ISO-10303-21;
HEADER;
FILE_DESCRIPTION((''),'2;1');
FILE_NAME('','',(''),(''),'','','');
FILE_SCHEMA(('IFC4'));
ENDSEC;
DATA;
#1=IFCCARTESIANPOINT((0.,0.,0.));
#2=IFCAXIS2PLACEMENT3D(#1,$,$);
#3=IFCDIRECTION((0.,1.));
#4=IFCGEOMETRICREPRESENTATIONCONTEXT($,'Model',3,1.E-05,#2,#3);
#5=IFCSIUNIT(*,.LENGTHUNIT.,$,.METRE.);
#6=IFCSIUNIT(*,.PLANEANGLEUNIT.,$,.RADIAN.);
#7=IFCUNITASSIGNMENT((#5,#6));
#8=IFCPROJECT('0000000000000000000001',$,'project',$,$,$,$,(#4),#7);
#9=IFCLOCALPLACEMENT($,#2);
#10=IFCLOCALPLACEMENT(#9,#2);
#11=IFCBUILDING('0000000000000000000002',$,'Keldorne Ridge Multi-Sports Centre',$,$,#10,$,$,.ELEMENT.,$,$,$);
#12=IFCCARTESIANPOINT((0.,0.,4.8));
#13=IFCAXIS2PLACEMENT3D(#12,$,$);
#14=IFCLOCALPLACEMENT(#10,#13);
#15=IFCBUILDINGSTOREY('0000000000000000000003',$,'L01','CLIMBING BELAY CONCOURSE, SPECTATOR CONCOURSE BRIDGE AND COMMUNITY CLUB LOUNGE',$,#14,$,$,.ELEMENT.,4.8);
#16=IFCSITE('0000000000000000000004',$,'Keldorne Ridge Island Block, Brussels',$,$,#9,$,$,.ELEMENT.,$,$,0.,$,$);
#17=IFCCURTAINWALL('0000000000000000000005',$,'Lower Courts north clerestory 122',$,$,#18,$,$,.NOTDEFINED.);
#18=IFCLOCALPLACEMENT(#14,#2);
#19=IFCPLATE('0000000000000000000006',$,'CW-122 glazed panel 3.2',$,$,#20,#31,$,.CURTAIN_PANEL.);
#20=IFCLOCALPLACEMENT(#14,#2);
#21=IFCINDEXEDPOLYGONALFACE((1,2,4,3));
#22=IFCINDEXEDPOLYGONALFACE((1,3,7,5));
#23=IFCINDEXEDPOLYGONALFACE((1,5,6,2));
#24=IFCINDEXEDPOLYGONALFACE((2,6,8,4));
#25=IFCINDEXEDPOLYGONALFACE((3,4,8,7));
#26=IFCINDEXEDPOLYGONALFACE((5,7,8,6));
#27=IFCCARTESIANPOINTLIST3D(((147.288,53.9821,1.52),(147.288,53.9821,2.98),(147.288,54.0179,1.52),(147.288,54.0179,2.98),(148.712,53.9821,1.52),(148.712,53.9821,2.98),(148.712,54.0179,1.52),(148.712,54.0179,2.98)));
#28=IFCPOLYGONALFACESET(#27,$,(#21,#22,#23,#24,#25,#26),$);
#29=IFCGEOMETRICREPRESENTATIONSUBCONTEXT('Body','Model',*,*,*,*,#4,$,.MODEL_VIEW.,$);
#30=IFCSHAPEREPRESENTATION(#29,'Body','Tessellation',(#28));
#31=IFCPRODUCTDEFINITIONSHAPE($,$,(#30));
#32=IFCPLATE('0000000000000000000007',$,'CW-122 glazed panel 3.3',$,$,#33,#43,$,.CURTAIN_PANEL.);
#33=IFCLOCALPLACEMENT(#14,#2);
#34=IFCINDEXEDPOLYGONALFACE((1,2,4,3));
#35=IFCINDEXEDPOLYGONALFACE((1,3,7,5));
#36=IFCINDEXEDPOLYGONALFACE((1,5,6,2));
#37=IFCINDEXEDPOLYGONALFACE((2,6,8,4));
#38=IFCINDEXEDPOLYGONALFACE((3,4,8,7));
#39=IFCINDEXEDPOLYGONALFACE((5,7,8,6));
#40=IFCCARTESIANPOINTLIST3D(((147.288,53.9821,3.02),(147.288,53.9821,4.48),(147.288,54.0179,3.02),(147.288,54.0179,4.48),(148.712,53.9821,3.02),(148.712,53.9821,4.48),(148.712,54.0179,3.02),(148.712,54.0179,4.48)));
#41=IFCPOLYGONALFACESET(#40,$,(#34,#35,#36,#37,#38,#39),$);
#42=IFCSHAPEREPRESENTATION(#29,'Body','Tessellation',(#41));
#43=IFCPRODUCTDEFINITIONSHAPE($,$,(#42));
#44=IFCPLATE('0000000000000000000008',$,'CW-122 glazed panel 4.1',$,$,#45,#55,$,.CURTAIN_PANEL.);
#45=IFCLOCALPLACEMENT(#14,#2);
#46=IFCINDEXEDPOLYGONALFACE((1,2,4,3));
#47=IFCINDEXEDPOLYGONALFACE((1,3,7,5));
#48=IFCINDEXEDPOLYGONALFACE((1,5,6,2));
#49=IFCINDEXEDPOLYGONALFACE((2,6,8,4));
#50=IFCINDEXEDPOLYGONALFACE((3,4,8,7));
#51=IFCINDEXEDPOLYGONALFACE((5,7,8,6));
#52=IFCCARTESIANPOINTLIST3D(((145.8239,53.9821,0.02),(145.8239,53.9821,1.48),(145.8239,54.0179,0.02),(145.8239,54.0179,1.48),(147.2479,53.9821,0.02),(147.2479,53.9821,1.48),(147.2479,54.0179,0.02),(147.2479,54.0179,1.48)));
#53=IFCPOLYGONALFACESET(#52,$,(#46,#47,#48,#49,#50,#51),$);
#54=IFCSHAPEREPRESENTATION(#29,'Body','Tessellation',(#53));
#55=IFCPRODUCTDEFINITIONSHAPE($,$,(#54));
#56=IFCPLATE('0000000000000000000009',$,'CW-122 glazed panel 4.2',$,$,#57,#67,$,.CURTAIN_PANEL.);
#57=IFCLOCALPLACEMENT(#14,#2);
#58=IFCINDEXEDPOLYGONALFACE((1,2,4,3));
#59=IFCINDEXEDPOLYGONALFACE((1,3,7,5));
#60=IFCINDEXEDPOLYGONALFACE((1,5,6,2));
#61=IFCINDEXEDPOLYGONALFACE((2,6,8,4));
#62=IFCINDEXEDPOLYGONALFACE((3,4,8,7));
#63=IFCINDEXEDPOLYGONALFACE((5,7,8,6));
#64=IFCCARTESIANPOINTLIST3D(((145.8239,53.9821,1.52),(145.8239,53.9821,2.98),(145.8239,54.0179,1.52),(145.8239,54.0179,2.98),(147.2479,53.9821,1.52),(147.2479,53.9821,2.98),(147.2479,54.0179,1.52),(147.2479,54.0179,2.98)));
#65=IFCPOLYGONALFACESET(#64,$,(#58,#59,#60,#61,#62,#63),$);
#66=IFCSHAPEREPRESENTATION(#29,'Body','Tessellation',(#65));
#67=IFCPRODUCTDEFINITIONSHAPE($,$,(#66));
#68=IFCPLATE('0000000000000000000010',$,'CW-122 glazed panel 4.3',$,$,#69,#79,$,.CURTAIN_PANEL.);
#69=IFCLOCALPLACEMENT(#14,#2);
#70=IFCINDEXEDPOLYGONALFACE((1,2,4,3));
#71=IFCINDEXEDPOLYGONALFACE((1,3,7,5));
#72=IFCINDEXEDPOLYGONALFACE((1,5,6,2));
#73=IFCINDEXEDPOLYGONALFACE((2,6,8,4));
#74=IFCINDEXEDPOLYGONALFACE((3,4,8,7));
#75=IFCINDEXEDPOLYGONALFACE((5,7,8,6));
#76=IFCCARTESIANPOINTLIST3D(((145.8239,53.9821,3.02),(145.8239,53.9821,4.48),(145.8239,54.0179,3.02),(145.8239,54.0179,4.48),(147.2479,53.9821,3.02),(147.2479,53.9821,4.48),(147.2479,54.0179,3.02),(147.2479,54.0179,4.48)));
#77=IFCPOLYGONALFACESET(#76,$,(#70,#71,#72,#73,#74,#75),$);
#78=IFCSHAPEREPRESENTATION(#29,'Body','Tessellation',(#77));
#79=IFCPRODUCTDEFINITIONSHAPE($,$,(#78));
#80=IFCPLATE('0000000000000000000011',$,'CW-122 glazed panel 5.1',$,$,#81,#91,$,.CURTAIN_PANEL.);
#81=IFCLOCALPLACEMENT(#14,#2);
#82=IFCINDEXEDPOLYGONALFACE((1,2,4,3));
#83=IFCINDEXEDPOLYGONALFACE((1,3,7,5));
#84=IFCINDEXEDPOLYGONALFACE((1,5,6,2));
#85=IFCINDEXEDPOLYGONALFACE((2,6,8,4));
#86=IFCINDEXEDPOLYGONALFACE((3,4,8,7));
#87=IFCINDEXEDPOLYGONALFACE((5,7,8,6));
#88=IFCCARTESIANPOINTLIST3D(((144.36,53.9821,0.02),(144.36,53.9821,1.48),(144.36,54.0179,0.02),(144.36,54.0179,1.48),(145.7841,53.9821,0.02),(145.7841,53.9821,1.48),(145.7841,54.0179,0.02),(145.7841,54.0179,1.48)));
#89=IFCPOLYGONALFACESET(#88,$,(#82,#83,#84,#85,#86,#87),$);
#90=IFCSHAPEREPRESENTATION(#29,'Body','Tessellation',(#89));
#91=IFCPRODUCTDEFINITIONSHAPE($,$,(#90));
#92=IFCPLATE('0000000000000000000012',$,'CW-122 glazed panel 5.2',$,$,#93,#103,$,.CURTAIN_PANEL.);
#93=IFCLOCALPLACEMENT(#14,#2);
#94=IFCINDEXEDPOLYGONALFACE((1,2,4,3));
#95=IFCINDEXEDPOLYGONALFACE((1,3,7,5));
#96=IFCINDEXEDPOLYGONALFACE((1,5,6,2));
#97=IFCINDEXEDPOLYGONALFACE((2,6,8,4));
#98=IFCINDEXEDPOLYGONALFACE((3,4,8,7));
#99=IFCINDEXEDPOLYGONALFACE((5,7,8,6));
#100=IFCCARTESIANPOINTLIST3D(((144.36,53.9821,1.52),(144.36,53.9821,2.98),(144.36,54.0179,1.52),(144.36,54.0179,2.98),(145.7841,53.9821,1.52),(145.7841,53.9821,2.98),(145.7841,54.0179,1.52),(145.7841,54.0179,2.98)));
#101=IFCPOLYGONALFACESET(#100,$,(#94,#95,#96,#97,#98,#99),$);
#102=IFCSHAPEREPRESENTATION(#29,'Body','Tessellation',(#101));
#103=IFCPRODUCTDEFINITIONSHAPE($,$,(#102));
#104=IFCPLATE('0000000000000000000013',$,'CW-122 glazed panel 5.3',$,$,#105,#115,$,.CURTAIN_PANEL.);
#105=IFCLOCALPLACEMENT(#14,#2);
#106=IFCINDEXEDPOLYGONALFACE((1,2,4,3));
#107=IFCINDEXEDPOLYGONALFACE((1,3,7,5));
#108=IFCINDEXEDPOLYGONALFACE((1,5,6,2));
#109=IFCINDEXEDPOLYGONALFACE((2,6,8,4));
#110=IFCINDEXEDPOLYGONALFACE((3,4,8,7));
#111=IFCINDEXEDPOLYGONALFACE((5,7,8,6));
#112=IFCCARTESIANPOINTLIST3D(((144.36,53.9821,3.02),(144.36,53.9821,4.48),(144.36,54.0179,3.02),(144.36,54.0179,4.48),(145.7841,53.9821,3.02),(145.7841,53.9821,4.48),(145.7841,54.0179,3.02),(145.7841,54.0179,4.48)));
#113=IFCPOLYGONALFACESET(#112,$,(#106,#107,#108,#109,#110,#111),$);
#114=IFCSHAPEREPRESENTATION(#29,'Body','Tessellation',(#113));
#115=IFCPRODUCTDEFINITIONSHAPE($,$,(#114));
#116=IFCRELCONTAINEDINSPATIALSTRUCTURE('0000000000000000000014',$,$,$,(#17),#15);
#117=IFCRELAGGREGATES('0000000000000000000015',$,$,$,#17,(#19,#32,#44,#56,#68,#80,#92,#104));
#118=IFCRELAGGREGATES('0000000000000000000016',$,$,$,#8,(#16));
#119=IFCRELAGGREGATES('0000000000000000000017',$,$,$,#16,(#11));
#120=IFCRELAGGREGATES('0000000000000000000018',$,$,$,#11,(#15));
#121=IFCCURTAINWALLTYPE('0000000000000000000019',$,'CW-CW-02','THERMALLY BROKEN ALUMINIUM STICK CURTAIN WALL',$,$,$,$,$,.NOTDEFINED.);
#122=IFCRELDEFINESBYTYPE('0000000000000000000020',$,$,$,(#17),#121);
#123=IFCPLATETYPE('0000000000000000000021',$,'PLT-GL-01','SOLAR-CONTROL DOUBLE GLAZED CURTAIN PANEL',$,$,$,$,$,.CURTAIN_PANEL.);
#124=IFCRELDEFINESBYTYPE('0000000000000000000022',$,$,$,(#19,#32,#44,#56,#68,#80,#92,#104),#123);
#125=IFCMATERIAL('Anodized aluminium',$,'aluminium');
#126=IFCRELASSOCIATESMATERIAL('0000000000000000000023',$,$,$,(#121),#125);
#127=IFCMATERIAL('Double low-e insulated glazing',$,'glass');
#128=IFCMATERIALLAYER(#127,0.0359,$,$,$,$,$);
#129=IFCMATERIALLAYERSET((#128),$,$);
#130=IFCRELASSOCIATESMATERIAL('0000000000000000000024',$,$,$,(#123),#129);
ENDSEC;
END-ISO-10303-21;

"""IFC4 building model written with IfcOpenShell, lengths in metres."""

from ifc_helpers import new_model, si_unit, direction, frame, origin, origin_2d, place, context, subcontext, project, spatial, rectangle, extrude, material, layer, layer_set, type_object, element, aggregate, save


model = new_model("IFC4")

# Units and contexts
model_context = context("Model", 3, precision=1e-05, world=origin(), true_north=direction((0.0, 1.0)))
body_context = subcontext(model_context, "Body", "Model", "MODEL_VIEW")
ifc_project = project(units=[si_unit("LENGTHUNIT", "METRE"), si_unit("PLANEANGLEUNIT", "RADIAN")], contexts=[model_context])

# Site, building, storey
site_placement = place(None, origin())
site = spatial("IfcSite", under=ifc_project, at=site_placement, Name="Keldorne Ridge Island Block, Brussels", CompositionType="ELEMENT", RefElevation=0.0)
building_placement = place(site_placement, origin())
building = spatial("IfcBuilding", under=site, at=building_placement, Name="Keldorne Ridge Multi-Sports Centre", CompositionType="ELEMENT")
storey_placement = place(building_placement, frame((0.0, 0.0, 4.8)))
storey = spatial("IfcBuildingStorey", under=building, at=storey_placement, Name="L01", Description="CLIMBING BELAY CONCOURSE, SPECTATOR CONCOURSE BRIDGE AND COMMUNITY CLUB LOUNGE", CompositionType="ELEMENT", Elevation=4.8)

# Curtain wall, plates
ifc_material_1 = material(Name="Anodized aluminium", Category="aluminium")
curtain_wall_type = type_object("IfcCurtainWallType", Name="CW-CW-02", Description="THERMALLY BROKEN ALUMINIUM STICK CURTAIN WALL", PredefinedType="NOTDEFINED", material=ifc_material_1)
curtain_wall_placement = place(storey_placement, origin())
curtain_wall = element("IfcCurtainWall", 1, at=curtain_wall_placement, inside=storey, type_object=curtain_wall_type, Name="Lower Courts north clerestory 122", PredefinedType="NOTDEFINED")
ifc_material_2 = material(Name="Double low-e insulated glazing", Category="glass")
ifc_layer = layer(ifc_material_2, 0.0359)
ifc_layer_set = layer_set([ifc_layer])
plate_type = type_object("IfcPlateType", Name="PLT-GL-01", Description="SOLAR-CONTROL DOUBLE GLAZED CURTAIN PANEL", PredefinedType="CURTAIN_PANEL", material=ifc_layer_set)
plate_1_placement = place(storey_placement, frame((148.0, 54.0, 1.52), z_axis=(0.0, 0.0, 1.0), x_axis=(-1.0, 0.0, 0.0)))
plate_1 = element("IfcPlate", 2, at=plate_1_placement, type_object=plate_type, Name="CW-122 glazed panel 3.2", PredefinedType="CURTAIN_PANEL", context=body_context, shape_type="SweptSolid", body=[
    extrude(rectangle(XDim=1.4241, YDim=0.0359, at=origin_2d()), origin(), (0.0, 0.0, 1.0), 1.46),
])
plate_2_placement = place(storey_placement, frame((148.0, 54.0, 3.02), z_axis=(0.0, 0.0, 1.0), x_axis=(-1.0, 0.0, 0.0)))
plate_2 = element("IfcPlate", 3, at=plate_2_placement, type_object=plate_type, Name="CW-122 glazed panel 3.3", PredefinedType="CURTAIN_PANEL", context=body_context, shape_type="SweptSolid", body=[
    extrude(rectangle(XDim=1.4241, YDim=0.0359, at=origin_2d()), origin(), (0.0, 0.0, 1.0), 1.46),
])
plate_3_placement = place(storey_placement, frame((146.5359, 54.0, 0.02), z_axis=(0.0, 0.0, 1.0), x_axis=(-1.0, 0.0, 0.0)))
plate_3 = element("IfcPlate", 4, at=plate_3_placement, type_object=plate_type, Name="CW-122 glazed panel 4.1", PredefinedType="CURTAIN_PANEL", context=body_context, shape_type="SweptSolid", body=[
    extrude(rectangle(XDim=1.4241, YDim=0.0359, at=origin_2d()), origin(), (0.0, 0.0, 1.0), 1.46),
])
plate_4_placement = place(storey_placement, frame((146.5359, 54.0, 1.52), z_axis=(0.0, 0.0, 1.0), x_axis=(-1.0, 0.0, 0.0)))
plate_4 = element("IfcPlate", 5, at=plate_4_placement, type_object=plate_type, Name="CW-122 glazed panel 4.2", PredefinedType="CURTAIN_PANEL", context=body_context, shape_type="SweptSolid", body=[
    extrude(rectangle(XDim=1.4241, YDim=0.0359, at=origin_2d()), origin(), (0.0, 0.0, 1.0), 1.46),
])
plate_5_placement = place(storey_placement, frame((146.5359, 54.0, 3.02), z_axis=(0.0, 0.0, 1.0), x_axis=(-1.0, 0.0, 0.0)))
plate_5 = element("IfcPlate", 6, at=plate_5_placement, type_object=plate_type, Name="CW-122 glazed panel 4.3", PredefinedType="CURTAIN_PANEL", context=body_context, shape_type="SweptSolid", body=[
    extrude(rectangle(XDim=1.4241, YDim=0.0359, at=origin_2d()), origin(), (0.0, 0.0, 1.0), 1.46),
])
plate_6_placement = place(storey_placement, frame((145.072, 54.0, 0.02), z_axis=(0.0, 0.0, 1.0), x_axis=(-1.0, 0.0, 0.0)))
plate_6 = element("IfcPlate", 7, at=plate_6_placement, type_object=plate_type, Name="CW-122 glazed panel 5.1", PredefinedType="CURTAIN_PANEL", context=body_context, shape_type="SweptSolid", body=[
    extrude(rectangle(XDim=1.4241, YDim=0.0359, at=origin_2d()), origin(), (0.0, 0.0, 1.0), 1.46),
])
plate_7_placement = place(storey_placement, frame((145.072, 54.0, 1.52), z_axis=(0.0, 0.0, 1.0), x_axis=(-1.0, 0.0, 0.0)))
plate_7 = element("IfcPlate", 8, at=plate_7_placement, type_object=plate_type, Name="CW-122 glazed panel 5.2", PredefinedType="CURTAIN_PANEL", context=body_context, shape_type="SweptSolid", body=[
    extrude(rectangle(XDim=1.4241, YDim=0.0359, at=origin_2d()), origin(), (0.0, 0.0, 1.0), 1.46),
])
plate_8_placement = place(storey_placement, frame((145.072, 54.0, 3.02), z_axis=(0.0, 0.0, 1.0), x_axis=(-1.0, 0.0, 0.0)))
plate_8 = element("IfcPlate", 9, at=plate_8_placement, type_object=plate_type, Name="CW-122 glazed panel 5.3", PredefinedType="CURTAIN_PANEL", context=body_context, shape_type="SweptSolid", body=[
    extrude(rectangle(XDim=1.4241, YDim=0.0359, at=origin_2d()), origin(), (0.0, 0.0, 1.0), 1.46),
])
aggregate(curtain_wall, [plate_1, plate_2, plate_3, plate_4, plate_5, plate_6, plate_7, plate_8])

save(model, "model.ifc")
